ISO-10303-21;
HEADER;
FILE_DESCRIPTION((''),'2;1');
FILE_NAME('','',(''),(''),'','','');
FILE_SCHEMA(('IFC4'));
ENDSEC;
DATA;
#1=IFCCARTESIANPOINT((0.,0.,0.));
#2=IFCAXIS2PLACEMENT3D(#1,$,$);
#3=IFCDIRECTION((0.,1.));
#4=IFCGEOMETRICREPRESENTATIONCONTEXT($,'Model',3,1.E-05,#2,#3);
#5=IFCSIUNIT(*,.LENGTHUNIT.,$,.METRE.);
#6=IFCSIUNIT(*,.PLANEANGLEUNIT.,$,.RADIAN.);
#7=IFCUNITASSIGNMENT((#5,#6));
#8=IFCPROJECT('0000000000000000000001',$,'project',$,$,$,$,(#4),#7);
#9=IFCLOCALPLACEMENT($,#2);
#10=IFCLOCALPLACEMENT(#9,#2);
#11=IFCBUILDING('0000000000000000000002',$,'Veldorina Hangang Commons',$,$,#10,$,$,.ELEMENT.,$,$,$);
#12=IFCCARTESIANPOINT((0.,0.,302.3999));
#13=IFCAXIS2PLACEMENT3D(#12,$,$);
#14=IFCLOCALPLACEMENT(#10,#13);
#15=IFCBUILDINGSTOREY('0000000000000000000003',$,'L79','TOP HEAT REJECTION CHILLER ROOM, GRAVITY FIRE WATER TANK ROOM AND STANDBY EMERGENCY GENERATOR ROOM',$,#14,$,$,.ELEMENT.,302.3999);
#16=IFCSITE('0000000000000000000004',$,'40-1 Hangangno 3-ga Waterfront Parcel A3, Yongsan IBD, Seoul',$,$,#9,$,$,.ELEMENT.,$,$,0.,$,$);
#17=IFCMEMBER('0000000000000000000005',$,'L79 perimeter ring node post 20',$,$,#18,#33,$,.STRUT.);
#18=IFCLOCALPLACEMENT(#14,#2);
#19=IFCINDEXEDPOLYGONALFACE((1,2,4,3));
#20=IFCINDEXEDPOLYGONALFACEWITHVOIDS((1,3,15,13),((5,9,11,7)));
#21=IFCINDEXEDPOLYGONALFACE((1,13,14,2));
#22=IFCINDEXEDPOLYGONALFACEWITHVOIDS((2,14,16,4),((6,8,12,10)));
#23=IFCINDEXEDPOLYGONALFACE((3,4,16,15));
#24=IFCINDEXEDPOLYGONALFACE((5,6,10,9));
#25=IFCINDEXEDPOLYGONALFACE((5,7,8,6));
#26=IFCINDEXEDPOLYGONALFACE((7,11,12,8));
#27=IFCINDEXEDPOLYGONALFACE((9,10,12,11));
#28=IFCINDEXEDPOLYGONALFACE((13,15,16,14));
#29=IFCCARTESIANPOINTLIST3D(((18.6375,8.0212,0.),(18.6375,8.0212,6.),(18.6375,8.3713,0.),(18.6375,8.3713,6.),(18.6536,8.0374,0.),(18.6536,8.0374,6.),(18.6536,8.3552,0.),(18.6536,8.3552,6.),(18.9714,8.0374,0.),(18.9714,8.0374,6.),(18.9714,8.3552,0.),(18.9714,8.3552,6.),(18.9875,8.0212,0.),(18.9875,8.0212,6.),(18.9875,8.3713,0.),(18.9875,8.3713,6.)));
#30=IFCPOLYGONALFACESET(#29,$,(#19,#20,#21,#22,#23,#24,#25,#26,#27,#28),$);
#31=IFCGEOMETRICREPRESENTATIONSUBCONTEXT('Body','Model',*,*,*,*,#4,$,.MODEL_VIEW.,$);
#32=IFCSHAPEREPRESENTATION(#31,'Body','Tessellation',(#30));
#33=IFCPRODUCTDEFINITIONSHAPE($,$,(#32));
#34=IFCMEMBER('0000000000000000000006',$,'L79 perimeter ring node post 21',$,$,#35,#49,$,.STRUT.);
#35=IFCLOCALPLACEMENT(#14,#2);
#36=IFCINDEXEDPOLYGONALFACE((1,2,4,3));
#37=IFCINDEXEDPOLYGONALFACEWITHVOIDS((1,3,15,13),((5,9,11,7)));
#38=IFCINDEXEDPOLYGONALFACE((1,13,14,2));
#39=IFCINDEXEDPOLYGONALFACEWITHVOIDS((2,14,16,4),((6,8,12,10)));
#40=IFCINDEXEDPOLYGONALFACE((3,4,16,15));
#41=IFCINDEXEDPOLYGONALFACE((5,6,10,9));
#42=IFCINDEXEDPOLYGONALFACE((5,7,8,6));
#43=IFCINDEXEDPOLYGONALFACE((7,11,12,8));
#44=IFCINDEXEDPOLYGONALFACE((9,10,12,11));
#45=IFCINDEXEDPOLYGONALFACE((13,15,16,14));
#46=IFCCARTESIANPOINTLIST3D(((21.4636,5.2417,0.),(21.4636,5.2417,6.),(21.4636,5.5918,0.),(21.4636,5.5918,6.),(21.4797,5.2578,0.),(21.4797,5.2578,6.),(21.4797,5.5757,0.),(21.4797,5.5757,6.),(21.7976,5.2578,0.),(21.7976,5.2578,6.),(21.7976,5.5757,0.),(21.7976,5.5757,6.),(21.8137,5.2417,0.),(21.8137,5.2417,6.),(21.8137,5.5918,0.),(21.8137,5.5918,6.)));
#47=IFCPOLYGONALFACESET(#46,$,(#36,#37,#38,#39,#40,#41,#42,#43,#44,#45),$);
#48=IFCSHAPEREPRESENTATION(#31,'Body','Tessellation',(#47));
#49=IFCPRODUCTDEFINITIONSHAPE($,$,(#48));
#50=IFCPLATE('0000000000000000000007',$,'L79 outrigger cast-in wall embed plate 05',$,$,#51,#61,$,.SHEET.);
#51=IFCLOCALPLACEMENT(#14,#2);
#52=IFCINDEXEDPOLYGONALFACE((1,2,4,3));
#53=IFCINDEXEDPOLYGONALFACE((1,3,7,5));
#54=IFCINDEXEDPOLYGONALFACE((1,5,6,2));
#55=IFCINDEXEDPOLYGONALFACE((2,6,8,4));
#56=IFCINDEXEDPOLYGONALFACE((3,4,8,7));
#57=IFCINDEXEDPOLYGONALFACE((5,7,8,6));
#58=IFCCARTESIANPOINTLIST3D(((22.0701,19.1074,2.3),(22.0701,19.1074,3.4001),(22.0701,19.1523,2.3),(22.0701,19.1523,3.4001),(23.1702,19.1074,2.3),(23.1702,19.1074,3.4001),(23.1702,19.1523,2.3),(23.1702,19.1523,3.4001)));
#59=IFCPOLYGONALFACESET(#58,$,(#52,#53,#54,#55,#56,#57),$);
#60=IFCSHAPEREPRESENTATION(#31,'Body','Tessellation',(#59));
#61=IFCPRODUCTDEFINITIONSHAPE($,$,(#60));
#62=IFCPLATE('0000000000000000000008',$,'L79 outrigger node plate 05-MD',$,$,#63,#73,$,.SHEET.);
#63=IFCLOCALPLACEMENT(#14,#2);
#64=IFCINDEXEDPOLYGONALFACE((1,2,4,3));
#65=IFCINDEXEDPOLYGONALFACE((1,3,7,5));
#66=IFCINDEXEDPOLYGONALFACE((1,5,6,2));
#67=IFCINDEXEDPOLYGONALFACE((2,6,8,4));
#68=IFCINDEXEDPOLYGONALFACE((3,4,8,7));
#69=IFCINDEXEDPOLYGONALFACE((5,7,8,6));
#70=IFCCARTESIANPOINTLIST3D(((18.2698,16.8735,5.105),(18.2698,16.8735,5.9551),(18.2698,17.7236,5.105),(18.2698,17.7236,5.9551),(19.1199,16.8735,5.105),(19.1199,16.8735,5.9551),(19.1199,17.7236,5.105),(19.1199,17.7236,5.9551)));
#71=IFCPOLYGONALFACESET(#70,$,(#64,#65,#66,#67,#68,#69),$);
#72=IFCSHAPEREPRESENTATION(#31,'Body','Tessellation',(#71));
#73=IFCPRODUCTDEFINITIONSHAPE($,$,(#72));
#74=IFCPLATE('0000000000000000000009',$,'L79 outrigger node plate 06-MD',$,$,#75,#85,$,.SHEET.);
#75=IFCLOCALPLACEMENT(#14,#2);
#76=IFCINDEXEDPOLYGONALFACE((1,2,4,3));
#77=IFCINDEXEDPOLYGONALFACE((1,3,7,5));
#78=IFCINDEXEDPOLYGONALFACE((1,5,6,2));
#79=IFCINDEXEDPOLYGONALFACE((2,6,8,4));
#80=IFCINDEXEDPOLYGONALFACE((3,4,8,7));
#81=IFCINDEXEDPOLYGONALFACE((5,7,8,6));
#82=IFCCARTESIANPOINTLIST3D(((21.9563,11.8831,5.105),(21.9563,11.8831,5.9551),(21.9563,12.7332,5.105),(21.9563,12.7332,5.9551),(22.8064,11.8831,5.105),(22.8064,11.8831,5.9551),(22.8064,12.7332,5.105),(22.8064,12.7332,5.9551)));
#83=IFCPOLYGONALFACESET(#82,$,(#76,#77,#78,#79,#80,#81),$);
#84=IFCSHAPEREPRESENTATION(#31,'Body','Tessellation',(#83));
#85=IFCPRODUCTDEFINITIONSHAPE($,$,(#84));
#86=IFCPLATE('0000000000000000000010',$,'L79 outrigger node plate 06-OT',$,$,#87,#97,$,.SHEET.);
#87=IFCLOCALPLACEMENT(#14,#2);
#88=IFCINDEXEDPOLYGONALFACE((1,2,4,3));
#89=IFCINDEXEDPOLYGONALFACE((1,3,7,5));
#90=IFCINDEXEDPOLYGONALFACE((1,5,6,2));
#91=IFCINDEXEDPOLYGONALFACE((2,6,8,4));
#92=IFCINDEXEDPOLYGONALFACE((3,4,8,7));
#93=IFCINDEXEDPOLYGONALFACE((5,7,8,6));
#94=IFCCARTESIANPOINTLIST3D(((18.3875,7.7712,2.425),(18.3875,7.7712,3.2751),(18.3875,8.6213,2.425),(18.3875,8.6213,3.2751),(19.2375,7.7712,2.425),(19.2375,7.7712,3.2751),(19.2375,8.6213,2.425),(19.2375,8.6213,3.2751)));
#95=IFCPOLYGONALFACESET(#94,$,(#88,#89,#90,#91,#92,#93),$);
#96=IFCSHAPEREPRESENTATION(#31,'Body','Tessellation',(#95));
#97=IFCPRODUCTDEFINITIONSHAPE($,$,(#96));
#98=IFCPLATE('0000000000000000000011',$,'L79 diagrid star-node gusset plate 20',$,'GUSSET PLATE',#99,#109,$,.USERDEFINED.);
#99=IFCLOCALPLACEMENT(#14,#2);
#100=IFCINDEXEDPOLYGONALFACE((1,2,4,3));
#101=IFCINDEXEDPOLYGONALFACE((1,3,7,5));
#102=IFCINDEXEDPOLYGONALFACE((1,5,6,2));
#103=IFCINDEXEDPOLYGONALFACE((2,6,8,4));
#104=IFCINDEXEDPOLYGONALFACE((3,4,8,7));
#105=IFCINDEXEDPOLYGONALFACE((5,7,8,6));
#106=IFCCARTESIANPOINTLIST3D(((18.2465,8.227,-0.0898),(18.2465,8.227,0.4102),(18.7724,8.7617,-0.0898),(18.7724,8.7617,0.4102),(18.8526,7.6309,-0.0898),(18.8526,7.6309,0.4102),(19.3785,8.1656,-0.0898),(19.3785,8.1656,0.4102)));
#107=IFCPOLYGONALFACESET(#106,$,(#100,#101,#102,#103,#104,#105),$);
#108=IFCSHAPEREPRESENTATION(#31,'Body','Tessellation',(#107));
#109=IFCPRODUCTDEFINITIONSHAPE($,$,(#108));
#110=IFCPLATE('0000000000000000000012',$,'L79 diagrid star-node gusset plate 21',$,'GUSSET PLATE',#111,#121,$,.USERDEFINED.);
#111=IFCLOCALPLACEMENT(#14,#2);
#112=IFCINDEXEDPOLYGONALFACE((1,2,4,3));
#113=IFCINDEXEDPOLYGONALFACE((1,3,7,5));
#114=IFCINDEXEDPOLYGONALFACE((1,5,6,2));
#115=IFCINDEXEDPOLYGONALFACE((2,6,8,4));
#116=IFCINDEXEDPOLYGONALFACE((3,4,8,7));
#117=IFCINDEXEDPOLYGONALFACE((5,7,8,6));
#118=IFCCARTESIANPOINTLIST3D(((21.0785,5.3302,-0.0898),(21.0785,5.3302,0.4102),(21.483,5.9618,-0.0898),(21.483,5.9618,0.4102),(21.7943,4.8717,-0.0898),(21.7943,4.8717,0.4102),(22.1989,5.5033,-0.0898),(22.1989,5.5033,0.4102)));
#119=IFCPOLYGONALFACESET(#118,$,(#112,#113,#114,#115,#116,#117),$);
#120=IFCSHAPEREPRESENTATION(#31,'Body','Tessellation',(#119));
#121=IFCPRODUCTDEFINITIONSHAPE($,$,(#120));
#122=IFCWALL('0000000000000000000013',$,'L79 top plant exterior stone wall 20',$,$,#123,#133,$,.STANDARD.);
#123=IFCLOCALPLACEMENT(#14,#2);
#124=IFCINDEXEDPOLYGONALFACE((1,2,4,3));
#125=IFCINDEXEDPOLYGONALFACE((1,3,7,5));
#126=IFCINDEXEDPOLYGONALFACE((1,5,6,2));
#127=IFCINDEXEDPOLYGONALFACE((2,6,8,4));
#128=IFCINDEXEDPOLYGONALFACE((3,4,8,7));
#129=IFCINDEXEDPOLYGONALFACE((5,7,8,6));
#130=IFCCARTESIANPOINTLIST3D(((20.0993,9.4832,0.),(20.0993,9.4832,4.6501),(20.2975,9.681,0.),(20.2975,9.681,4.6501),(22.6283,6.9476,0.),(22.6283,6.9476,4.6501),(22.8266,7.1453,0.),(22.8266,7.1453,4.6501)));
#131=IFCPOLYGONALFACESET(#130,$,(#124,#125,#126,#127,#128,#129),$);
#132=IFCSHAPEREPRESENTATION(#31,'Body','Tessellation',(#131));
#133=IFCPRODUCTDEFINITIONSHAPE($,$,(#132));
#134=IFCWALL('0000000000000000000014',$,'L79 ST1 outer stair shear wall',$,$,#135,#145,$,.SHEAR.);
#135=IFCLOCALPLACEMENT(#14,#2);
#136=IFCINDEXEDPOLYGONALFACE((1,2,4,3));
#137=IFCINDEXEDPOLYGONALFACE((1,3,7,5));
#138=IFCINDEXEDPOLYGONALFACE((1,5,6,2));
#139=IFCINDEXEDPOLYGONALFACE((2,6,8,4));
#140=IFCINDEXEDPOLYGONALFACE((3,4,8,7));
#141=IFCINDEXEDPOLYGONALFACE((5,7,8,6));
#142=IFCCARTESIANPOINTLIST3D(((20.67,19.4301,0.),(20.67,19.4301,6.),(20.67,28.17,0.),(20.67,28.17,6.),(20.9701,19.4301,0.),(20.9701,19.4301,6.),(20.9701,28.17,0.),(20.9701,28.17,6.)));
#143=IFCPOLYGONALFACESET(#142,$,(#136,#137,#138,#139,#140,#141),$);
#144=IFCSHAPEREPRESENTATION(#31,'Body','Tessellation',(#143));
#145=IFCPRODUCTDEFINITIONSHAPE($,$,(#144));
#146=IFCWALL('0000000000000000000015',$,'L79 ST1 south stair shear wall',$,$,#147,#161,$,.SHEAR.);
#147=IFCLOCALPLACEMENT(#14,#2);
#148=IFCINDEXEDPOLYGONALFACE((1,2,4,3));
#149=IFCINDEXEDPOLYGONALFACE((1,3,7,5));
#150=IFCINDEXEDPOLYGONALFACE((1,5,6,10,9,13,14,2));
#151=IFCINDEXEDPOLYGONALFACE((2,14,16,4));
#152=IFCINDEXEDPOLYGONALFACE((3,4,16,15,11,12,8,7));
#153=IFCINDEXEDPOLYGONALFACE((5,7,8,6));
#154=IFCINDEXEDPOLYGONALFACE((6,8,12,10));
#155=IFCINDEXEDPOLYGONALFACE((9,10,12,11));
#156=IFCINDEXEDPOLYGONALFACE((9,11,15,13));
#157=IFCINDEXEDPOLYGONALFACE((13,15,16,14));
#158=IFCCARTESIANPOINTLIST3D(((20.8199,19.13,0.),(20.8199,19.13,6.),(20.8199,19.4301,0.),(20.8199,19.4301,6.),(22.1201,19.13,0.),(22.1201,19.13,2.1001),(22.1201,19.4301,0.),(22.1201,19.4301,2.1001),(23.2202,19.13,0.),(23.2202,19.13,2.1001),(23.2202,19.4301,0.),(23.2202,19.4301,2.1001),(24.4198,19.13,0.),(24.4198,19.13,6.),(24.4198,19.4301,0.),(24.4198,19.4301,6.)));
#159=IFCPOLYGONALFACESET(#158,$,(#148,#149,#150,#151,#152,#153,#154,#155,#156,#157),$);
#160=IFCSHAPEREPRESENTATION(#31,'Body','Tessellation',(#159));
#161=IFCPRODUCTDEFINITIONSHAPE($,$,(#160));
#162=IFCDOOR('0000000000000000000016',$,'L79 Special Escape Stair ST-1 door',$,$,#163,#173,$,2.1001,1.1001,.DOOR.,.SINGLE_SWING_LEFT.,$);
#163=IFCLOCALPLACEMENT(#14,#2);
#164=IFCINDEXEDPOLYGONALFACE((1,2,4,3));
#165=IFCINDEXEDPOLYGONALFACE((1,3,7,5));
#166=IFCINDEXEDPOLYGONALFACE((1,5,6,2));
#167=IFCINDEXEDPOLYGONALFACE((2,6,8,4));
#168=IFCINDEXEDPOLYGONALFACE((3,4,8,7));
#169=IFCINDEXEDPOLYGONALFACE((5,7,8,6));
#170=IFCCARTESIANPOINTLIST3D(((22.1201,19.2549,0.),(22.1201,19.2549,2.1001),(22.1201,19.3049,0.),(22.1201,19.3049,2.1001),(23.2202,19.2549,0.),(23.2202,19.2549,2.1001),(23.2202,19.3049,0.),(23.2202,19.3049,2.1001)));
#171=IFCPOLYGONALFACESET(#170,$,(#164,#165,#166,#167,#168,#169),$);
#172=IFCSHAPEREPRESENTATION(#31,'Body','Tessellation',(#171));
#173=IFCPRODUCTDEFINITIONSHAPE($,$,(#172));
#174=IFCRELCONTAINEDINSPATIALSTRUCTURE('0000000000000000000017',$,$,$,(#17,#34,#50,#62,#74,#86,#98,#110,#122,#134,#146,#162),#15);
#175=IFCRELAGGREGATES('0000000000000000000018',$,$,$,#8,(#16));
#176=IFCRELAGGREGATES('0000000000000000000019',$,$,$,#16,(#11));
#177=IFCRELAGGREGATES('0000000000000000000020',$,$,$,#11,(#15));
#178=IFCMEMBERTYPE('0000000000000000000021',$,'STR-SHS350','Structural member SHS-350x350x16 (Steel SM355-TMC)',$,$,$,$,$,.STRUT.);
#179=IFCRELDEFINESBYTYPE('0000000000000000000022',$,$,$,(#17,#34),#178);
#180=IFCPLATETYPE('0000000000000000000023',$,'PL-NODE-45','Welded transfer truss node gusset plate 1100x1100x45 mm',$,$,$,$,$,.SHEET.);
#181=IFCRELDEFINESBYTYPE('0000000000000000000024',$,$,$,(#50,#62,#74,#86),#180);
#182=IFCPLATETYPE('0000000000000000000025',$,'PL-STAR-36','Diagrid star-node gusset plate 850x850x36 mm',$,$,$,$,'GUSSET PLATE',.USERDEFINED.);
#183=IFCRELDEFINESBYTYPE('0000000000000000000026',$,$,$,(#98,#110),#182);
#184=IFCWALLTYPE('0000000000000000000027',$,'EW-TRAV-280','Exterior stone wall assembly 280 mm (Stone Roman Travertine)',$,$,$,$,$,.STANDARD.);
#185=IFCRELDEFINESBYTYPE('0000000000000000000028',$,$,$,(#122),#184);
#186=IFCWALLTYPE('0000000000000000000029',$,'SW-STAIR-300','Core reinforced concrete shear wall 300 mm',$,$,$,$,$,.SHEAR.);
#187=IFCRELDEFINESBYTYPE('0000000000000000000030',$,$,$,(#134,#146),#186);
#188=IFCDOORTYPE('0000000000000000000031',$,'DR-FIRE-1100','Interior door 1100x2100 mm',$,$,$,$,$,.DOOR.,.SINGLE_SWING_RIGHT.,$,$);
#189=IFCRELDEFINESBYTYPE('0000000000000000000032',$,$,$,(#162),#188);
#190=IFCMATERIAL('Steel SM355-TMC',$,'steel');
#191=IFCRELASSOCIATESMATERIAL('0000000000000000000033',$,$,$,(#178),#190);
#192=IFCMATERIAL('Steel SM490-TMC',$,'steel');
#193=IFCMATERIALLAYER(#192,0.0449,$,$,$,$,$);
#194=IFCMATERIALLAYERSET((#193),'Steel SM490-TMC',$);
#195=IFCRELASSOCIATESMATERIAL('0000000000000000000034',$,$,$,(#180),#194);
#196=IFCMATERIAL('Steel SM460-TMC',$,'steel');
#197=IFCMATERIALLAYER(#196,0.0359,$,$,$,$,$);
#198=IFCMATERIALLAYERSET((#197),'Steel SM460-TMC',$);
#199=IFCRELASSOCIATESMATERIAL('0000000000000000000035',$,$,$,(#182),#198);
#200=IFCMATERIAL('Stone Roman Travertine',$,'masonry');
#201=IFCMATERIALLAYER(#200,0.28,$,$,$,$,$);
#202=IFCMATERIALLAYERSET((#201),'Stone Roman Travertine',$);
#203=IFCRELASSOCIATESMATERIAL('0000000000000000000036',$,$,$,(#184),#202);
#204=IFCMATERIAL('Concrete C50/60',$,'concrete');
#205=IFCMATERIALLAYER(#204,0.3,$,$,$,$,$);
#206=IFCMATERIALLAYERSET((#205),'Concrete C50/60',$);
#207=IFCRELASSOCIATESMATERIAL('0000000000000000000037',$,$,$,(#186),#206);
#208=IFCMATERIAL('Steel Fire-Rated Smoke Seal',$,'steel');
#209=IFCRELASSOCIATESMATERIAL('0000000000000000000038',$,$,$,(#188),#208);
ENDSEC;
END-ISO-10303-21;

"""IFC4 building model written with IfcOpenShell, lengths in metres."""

from ifc_helpers import new_model, si_unit, direction, frame, frame_2d, origin, origin_2d, place, context, subcontext, project, spatial, rectangle, hollow_rectangle, extrude, material, layer, layer_set, material_profile, profile_set, type_object, element, fill, save


model = new_model("IFC4")

# Units and contexts
model_context = context("Model", 3, precision=1e-05, world=origin(), true_north=direction((0.0, 1.0)))
body_context = subcontext(model_context, "Body", "Model", "MODEL_VIEW")
ifc_project = project(units=[si_unit("LENGTHUNIT", "METRE"), si_unit("PLANEANGLEUNIT", "RADIAN")], contexts=[model_context])

# Site, building, storey
site_placement = place(None, origin())
site = spatial("IfcSite", under=ifc_project, at=site_placement, Name="40-1 Hangangno 3-ga Waterfront Parcel A3, Yongsan IBD, Seoul", CompositionType="ELEMENT", RefElevation=0.0)
building_placement = place(site_placement, origin())
building = spatial("IfcBuilding", under=site, at=building_placement, Name="Veldorina Hangang Commons", CompositionType="ELEMENT")
storey_placement = place(building_placement, frame((0.0, 0.0, 302.3999)))
storey = spatial("IfcBuildingStorey", under=building, at=storey_placement, Name="L79", Description="TOP HEAT REJECTION CHILLER ROOM, GRAVITY FIRE WATER TANK ROOM AND STANDBY EMERGENCY GENERATOR ROOM", CompositionType="ELEMENT", Elevation=302.3999)

# Shared definitions
ifc_material_1 = material(Name="Steel SM460-TMC", Category="steel")
ifc_material_2 = material(Name="Steel SM355-TMC", Category="steel")

# Members
ifc_material_profile_1 = material_profile(ifc_material_2, hollow_rectangle(XDim=0.3501, YDim=0.3501, WallThickness=0.0161, at=origin_2d()), Name="SHS-350x350x16")
ifc_profile_set_1 = profile_set([ifc_material_profile_1], Name="Steel SM355-TMC")
member_type_1 = type_object("IfcMemberType", Name="STR-SHS350", Description="Structural member SHS-350x350x16 (Steel SM355-TMC)", PredefinedType="STRUT", material=ifc_profile_set_1)
for number, where, z_axis, x_axis, name in (
    (1, (18.8125, 8.1963, 0.0), (0.0, 0.0, 1.0), (1.0, 0.0, 0.0), "L79 perimeter ring node post 20"),
    (2, (21.6387, 5.4167, 0.0), (0.0, 0.0, 1.0), (1.0, 0.0, 0.0), "L79 perimeter ring node post 21"),
):
    element("IfcMember", number, at=place(storey_placement, frame(where, z_axis=z_axis, x_axis=x_axis)), inside=storey, type_object=member_type_1, Name=name, PredefinedType="STRUT", context=body_context, shape_type="SweptSolid", body=[
        extrude(hollow_rectangle(XDim=0.3501, YDim=0.3501, WallThickness=0.0161, at=origin_2d()), origin(), (0.0, 0.0, 1.0), 6.0),
    ])

# Plates
ifc_material_3 = material(Name="Steel SM490-TMC", Category="steel")
ifc_layer_1 = layer(ifc_material_3, 0.0449)
ifc_layer_set_1 = layer_set([ifc_layer_1], Name="Steel SM490-TMC")
plate_type_1 = type_object("IfcPlateType", Name="PL-NODE-45", Description="Welded transfer truss node gusset plate 1100x1100x45 mm", PredefinedType="SHEET", material=ifc_layer_set_1)
plate_placement = place(storey_placement, frame((22.6201, 19.1299, 2.3), z_axis=(0.0, 0.0, 1.0), x_axis=(1.0, 0.0, 0.0)))
element("IfcPlate", 3, at=plate_placement, inside=storey, type_object=plate_type_1, Name="L79 outrigger cast-in wall embed plate 05", PredefinedType="SHEET", context=body_context, shape_type="SweptSolid", body=[
    extrude(rectangle(XDim=1.1001, YDim=0.0449, at=origin_2d()), origin(), (0.0, 0.0, 1.0), 1.1001),
])
for number, where, z_axis, x_axis, name in (
    (4, (18.6948, 17.2986, 5.105), (0.0, 0.0, 1.0), (1.0, 0.0, 0.0), "L79 outrigger node plate 05-MD"),
    (5, (22.3813, 12.3081, 5.105), (0.0, 0.0, 1.0), (1.0, 0.0, 0.0), "L79 outrigger node plate 06-MD"),
    (6, (18.8125, 8.1963, 2.425), (0.0, 0.0, 1.0), (1.0, 0.0, 0.0), "L79 outrigger node plate 06-OT"),
):
    element("IfcPlate", number, at=place(storey_placement, frame(where, z_axis=z_axis, x_axis=x_axis)), inside=storey, type_object=plate_type_1, Name=name, PredefinedType="SHEET", context=body_context, shape_type="SweptSolid", body=[
        extrude(rectangle(XDim=0.8501, YDim=0.8501, at=origin_2d()), origin(), (0.0, 0.0, 1.0), 0.8501),
    ])
ifc_layer_2 = layer(ifc_material_1, 0.0359)
ifc_layer_set_2 = layer_set([ifc_layer_2], Name="Steel SM460-TMC")
plate_type_2 = type_object("IfcPlateType", Name="PL-STAR-36", Description="Diagrid star-node gusset plate 850x850x36 mm", ElementType="GUSSET PLATE", PredefinedType="USERDEFINED", material=ifc_layer_set_2)
for number, where, z_axis, x_axis, name in (
    (7, (18.8125, 8.1963, -0.0898), (0.0, 0.0, 1.0), (0.712957, -0.701208, 0.0), "L79 diagrid star-node gusset plate 20"),
    (8, (21.6387, 5.4167, -0.0898), (0.0, 0.0, 1.0), (0.842057, -0.539388, 0.0), "L79 diagrid star-node gusset plate 21"),
):
    element("IfcPlate", number, at=place(storey_placement, frame(where, z_axis=z_axis, x_axis=x_axis)), inside=storey, type_object=plate_type_2, Name=name, ObjectType="GUSSET PLATE", PredefinedType="USERDEFINED", context=body_context, shape_type="SweptSolid", body=[
        extrude(rectangle(XDim=0.8501, YDim=0.75, at=origin_2d()), origin(), (0.0, 0.0, 1.0), 0.5),
    ])

# Walls
ifc_material_4 = material(Name="Stone Roman Travertine", Category="masonry")
ifc_layer_3 = layer(ifc_material_4, 0.28)
ifc_layer_set_3 = layer_set([ifc_layer_3], Name="Stone Roman Travertine")
wall_type_1 = type_object("IfcWallType", Name="EW-TRAV-280", Description="Exterior stone wall assembly 280 mm (Stone Roman Travertine)", PredefinedType="STANDARD", material=ifc_layer_set_3)
wall_1_placement = place(storey_placement, frame((20.1985, 9.582, 0.0), z_axis=(0.0, 0.0, 1.0), x_axis=(0.706186, -0.708026, 0.0)))
element("IfcWall", 9, at=wall_1_placement, inside=storey, type_object=wall_type_1, Name="L79 top plant exterior stone wall 20", PredefinedType="STANDARD", context=body_context, shape_type="SweptSolid", body=[
    extrude(rectangle(XDim=3.5813, YDim=0.28, at=frame_2d((1.7905, 0.0))), origin(), (0.0, 0.0, 1.0), 4.6501),
])
ifc_material_5 = material(Name="Concrete C50/60", Category="concrete")
ifc_layer_4 = layer(ifc_material_5, 0.3)
ifc_layer_set_4 = layer_set([ifc_layer_4], Name="Concrete C50/60")
wall_type_2 = type_object("IfcWallType", Name="SW-STAIR-300", Description="Core reinforced concrete shear wall 300 mm", PredefinedType="SHEAR", material=ifc_layer_set_4)
wall_2_placement = place(storey_placement, frame((20.8201, 19.4299, 0.0), z_axis=(0.0, 0.0, 1.0), x_axis=(0.0, 1.0, 0.0)))
element("IfcWall", 10, at=wall_2_placement, inside=storey, type_object=wall_type_2, Name="L79 ST1 outer stair shear wall", PredefinedType="SHEAR", context=body_context, shape_type="SweptSolid", body=[
    extrude(rectangle(XDim=8.74, YDim=0.3, at=frame_2d((4.3701, 0.0))), origin(), (0.0, 0.0, 1.0), 6.0),
])

# Wall, opening, door
wall_3_placement = place(storey_placement, frame((20.8201, 19.28, 0.0), z_axis=(0.0, 0.0, 1.0), x_axis=(1.0, 0.0, 0.0)))
wall_3 = element("IfcWall", 11, at=wall_3_placement, inside=storey, type_object=wall_type_2, Name="L79 ST1 south stair shear wall", PredefinedType="SHEAR", context=body_context, shape_type="SweptSolid", body=[
    extrude(rectangle(XDim=3.5999, YDim=0.3, at=frame_2d((1.7998, 0.0))), origin(), (0.0, 0.0, 1.0), 6.0),
])
opening_1_placement = place(wall_3_placement, frame((1.3, 0.0, 0.0)))
opening_1 = element("IfcOpeningElement", 12, at=opening_1_placement, cuts=wall_3, PredefinedType="OPENING", context=body_context, shape_type="SweptSolid", body=[
    extrude(rectangle(XDim=1.1001, YDim=2.1001, at=frame_2d((0.55, 1.05))), frame((0.0, 0.1602, 0.0), z_axis=(0.0, -1.0, 0.0), x_axis=(1.0, 0.0, 0.0)), (0.0, 0.0, 1.0), 0.3201),
])
ifc_material_6 = material(Name="Steel Fire-Rated Smoke Seal", Category="steel")
door_type_1 = type_object("IfcDoorType", Name="DR-FIRE-1100", Description="Interior door 1100x2100 mm", OperationType="SINGLE_SWING_RIGHT", PredefinedType="DOOR", material=ifc_material_6)
door_1_placement = place(opening_1_placement, origin())
door_1 = element("IfcDoor", 13, at=door_1_placement, inside=storey, type_object=door_type_1, Name="L79 Special Escape Stair ST-1 door", OperationType="SINGLE_SWING_LEFT", OverallHeight=2.1001, OverallWidth=1.1001, PredefinedType="DOOR", context=body_context, shape_type="SweptSolid", body=[
    extrude(rectangle(XDim=1.1001, YDim=2.1001, at=frame_2d((0.55, 1.05))), frame((0.0, 0.0249, 0.0), z_axis=(0.0, -1.0, 0.0), x_axis=(1.0, 0.0, 0.0)), (0.0, 0.0, 1.0), 0.05),
])
fill(opening_1, door_1)

save(model, "model.ifc")
